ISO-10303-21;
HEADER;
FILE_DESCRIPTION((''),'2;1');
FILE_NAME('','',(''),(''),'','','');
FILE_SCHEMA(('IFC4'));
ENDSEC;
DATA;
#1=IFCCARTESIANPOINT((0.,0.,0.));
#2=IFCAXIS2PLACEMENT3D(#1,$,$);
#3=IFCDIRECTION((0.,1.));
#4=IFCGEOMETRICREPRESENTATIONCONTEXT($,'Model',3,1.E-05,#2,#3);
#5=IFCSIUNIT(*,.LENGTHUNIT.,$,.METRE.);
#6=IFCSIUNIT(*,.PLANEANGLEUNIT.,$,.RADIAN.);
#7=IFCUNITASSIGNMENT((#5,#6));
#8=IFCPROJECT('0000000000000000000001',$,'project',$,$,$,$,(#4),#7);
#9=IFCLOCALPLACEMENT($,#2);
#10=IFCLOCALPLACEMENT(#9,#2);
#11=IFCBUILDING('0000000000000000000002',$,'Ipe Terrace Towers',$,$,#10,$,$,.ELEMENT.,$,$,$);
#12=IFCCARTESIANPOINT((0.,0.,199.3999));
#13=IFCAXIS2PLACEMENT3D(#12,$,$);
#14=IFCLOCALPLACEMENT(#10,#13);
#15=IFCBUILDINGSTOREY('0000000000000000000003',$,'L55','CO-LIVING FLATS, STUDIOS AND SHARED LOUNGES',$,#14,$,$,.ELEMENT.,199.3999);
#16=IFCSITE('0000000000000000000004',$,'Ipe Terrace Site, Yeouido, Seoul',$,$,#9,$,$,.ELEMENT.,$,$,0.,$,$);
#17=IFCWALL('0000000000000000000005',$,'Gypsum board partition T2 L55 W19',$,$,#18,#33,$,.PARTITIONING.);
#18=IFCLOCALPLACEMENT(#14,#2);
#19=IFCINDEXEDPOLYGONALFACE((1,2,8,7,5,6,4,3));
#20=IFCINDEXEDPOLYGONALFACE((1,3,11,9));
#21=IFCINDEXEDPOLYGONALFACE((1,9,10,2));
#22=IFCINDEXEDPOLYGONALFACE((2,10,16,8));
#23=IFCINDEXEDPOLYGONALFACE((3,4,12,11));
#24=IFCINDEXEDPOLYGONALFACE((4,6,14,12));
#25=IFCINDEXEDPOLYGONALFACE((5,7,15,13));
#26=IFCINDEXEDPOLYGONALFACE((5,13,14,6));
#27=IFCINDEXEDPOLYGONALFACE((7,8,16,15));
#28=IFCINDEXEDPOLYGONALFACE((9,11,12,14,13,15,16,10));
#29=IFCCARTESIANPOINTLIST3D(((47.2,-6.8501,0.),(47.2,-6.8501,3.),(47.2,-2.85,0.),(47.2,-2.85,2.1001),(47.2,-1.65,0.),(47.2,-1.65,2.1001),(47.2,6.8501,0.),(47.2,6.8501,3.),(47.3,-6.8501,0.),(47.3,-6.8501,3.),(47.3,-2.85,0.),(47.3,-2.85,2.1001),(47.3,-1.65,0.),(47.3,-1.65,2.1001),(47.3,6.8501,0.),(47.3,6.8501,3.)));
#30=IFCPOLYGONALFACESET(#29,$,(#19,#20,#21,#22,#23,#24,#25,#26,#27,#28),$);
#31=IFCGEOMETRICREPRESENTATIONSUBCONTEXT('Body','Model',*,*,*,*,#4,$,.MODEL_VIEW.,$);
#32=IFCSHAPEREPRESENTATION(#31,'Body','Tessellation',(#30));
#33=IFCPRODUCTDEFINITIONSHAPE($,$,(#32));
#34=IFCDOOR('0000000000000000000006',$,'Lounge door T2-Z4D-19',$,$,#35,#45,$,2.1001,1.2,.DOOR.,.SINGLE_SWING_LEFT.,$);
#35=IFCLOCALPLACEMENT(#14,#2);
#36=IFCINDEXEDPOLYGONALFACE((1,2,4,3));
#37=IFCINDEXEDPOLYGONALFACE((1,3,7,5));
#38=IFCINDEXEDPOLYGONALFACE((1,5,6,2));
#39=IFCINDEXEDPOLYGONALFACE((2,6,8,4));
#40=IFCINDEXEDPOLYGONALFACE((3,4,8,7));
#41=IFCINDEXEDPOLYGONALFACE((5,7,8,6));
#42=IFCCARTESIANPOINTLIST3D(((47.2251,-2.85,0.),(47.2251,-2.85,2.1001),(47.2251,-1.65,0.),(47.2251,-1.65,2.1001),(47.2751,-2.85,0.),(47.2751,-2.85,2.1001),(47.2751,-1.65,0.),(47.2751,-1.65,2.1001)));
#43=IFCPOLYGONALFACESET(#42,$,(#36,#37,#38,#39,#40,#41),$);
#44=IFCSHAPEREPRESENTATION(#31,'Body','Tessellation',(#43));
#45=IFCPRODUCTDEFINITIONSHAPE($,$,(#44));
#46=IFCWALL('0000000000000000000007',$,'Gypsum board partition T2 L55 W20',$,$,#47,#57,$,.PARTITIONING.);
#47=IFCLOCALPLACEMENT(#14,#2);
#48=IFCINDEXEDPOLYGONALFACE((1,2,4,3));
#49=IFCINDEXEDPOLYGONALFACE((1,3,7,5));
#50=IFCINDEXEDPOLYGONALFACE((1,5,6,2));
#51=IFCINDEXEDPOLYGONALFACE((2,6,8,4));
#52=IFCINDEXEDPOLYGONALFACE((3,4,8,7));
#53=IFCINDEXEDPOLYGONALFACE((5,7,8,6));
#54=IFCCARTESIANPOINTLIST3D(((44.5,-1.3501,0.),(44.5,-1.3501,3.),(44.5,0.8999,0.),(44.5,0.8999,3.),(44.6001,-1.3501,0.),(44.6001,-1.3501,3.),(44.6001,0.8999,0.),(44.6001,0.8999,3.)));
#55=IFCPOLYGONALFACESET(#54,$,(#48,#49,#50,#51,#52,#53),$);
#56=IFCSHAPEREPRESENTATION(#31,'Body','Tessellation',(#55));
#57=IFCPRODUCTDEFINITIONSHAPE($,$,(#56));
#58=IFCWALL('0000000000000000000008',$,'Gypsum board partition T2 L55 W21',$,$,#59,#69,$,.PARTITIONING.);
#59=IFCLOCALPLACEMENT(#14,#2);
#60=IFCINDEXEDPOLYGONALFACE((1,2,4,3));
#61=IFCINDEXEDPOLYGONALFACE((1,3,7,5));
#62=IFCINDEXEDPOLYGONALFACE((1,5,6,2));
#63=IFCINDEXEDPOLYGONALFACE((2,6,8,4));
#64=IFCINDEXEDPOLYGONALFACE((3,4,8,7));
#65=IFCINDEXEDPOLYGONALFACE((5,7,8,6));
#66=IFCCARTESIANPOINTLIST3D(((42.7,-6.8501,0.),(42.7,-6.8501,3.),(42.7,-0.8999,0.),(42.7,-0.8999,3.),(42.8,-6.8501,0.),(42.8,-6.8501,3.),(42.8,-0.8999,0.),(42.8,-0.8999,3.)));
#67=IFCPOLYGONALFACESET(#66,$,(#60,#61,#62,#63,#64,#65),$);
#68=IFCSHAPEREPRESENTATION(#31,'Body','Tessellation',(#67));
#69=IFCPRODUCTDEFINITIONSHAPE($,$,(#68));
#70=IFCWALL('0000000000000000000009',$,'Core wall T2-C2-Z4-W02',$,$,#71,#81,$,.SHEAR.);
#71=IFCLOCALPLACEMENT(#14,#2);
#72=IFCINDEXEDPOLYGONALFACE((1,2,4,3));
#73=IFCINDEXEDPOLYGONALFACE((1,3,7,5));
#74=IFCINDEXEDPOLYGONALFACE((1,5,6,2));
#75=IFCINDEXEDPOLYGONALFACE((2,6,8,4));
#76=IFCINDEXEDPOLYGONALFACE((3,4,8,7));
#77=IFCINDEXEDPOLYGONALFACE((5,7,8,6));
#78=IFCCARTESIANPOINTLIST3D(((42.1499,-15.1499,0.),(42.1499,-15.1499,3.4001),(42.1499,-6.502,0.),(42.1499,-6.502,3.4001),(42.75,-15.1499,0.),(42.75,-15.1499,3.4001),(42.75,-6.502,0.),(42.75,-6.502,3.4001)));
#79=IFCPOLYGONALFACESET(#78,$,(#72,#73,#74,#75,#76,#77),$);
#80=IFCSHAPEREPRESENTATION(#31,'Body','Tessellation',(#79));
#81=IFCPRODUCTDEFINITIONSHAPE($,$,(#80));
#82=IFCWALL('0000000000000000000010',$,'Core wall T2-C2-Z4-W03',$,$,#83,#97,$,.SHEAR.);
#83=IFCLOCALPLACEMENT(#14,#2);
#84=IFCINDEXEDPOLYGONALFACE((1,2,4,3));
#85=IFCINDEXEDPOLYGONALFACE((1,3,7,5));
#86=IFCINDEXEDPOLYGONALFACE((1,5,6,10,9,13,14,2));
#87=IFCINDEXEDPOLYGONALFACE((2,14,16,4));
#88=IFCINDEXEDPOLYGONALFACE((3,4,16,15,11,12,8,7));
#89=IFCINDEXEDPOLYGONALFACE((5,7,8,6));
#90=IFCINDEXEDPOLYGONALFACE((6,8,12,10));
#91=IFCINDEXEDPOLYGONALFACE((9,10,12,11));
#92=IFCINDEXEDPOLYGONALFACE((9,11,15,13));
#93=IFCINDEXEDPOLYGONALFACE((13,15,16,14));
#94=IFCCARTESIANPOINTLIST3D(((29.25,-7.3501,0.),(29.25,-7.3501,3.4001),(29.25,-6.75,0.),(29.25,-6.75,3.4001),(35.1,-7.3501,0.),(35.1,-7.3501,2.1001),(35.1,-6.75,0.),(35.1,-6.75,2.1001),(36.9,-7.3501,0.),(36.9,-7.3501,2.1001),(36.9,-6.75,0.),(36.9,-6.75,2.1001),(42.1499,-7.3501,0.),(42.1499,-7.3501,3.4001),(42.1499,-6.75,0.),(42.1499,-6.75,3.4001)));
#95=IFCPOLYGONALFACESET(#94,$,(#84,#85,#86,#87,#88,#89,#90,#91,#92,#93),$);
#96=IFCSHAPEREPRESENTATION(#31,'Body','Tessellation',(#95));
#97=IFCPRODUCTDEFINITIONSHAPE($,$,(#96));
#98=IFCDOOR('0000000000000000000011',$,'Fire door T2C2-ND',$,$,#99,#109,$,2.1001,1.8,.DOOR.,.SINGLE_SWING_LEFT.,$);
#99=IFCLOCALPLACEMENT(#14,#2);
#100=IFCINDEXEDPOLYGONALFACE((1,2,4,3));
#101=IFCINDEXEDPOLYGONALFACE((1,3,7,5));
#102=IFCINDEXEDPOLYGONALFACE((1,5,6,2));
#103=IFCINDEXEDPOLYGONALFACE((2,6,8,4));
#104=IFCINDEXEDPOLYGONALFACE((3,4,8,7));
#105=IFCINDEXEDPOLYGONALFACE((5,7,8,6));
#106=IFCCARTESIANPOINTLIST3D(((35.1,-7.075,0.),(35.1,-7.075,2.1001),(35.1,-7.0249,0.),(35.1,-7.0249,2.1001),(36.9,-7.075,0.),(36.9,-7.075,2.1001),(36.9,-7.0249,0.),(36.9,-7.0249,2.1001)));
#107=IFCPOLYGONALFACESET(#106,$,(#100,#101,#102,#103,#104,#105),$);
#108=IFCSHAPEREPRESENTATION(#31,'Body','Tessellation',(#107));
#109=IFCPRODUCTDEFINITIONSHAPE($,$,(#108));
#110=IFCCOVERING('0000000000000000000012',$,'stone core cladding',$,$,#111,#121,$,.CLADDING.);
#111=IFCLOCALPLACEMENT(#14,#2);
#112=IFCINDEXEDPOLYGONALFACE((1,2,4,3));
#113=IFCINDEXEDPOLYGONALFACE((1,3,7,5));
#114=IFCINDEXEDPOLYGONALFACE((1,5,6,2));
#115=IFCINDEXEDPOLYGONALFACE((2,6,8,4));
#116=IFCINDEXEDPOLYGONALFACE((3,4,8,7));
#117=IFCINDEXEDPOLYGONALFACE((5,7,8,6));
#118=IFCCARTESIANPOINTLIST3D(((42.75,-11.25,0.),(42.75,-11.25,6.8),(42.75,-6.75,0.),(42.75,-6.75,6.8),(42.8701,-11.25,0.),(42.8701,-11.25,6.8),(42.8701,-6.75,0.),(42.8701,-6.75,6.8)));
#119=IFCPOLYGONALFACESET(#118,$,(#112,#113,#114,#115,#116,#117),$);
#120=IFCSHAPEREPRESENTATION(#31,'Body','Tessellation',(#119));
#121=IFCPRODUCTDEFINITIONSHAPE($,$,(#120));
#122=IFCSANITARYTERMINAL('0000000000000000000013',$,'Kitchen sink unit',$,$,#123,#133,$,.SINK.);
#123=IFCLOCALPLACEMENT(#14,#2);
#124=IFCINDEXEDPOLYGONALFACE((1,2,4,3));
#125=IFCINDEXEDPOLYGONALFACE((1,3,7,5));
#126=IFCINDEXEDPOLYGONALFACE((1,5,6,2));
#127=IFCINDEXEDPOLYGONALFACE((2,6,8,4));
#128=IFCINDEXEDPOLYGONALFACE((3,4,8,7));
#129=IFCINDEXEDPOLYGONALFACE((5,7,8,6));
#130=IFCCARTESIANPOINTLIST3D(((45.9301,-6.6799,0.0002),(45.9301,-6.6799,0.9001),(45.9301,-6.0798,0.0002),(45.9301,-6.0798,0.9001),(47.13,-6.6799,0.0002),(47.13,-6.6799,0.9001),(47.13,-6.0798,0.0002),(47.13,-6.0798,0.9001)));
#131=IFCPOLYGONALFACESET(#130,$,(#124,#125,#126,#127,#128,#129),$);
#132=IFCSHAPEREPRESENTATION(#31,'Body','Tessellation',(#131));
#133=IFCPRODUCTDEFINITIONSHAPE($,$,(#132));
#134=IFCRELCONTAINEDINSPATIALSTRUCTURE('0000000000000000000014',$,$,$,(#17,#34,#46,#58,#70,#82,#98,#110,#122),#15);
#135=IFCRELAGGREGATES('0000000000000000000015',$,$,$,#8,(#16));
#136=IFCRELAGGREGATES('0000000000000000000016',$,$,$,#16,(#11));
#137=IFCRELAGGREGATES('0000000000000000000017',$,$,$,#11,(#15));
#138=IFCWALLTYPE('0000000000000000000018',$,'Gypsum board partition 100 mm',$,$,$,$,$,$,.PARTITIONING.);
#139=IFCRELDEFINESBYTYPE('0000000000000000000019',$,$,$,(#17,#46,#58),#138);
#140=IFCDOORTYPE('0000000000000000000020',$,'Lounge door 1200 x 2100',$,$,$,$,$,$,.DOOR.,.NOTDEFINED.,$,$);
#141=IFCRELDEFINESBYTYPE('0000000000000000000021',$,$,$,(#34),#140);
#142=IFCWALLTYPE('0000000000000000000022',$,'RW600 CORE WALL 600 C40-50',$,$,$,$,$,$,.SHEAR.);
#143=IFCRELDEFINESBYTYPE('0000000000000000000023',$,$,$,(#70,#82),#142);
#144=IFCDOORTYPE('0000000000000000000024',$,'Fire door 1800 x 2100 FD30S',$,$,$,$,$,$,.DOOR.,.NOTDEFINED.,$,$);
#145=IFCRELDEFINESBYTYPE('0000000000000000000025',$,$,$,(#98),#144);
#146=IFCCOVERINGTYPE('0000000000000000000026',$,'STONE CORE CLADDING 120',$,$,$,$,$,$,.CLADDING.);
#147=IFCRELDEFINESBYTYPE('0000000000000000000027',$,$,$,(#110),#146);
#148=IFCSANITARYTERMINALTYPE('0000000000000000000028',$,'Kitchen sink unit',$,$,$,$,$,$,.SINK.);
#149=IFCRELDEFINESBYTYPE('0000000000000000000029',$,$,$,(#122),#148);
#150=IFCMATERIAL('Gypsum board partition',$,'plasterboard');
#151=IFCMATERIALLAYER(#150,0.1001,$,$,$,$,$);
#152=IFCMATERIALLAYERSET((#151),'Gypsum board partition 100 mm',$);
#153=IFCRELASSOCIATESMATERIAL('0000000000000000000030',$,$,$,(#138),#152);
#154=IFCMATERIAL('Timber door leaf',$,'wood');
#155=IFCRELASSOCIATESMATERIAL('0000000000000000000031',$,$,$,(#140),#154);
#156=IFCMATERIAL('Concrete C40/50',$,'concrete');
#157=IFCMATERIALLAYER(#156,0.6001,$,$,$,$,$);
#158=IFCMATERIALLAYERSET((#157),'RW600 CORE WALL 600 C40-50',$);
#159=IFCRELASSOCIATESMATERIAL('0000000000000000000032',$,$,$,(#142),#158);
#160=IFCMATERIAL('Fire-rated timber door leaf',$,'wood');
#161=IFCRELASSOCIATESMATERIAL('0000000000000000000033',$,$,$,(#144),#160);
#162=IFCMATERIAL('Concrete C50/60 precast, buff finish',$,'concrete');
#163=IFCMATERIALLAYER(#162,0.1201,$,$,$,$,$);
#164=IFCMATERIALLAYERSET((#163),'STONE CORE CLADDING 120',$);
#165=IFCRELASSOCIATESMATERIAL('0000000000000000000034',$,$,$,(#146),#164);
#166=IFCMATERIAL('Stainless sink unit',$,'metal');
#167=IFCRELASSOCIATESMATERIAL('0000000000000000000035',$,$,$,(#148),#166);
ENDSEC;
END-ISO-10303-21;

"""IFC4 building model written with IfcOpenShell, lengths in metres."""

from ifc_helpers import new_model, si_unit, direction, frame, frame_2d, origin, origin_2d, place, context, subcontext, project, spatial, rectangle, extrude, material, layer, layer_set, type_object, element, fill, save


model = new_model("IFC4")

# Units and contexts
model_context = context("Model", 3, precision=1e-05, world=origin(), true_north=direction((0.0, 1.0)))
body_context = subcontext(model_context, "Body", "Model", "MODEL_VIEW")
ifc_project = project(units=[si_unit("LENGTHUNIT", "METRE"), si_unit("PLANEANGLEUNIT", "RADIAN")], contexts=[model_context])

# Site, building, storey
site_placement = place(None, origin())
site = spatial("IfcSite", under=ifc_project, at=site_placement, Name="Ipe Terrace Site, Yeouido, Seoul", CompositionType="ELEMENT", RefElevation=0.0)
building_placement = place(site_placement, origin())
building = spatial("IfcBuilding", under=site, at=building_placement, Name="Ipe Terrace Towers", CompositionType="ELEMENT")
storey_placement = place(building_placement, frame((0.0, 0.0, 199.3999)))
storey = spatial("IfcBuildingStorey", under=building, at=storey_placement, Name="L55", Description="CO-LIVING FLATS, STUDIOS AND SHARED LOUNGES", CompositionType="ELEMENT", Elevation=199.3999)

# Wall, opening, door
ifc_material_1 = material(Name="Gypsum board partition", Category="plasterboard")
ifc_layer_1 = layer(ifc_material_1, 0.1001)
ifc_layer_set_1 = layer_set([ifc_layer_1], Name="Gypsum board partition 100 mm")
wall_type_1 = type_object("IfcWallType", Name="Gypsum board partition 100 mm", PredefinedType="PARTITIONING", material=ifc_layer_set_1)
wall_1_placement = place(storey_placement, frame((47.25, -6.8501, 0.0), z_axis=(0.0, 0.0, 1.0), x_axis=(0.0, 1.0, 0.0)))
wall_1 = element("IfcWall", 1, at=wall_1_placement, inside=storey, type_object=wall_type_1, Name="Gypsum board partition T2 L55 W19", PredefinedType="PARTITIONING", context=body_context, shape_type="SweptSolid", body=[
    extrude(rectangle(XDim=13.7002, YDim=0.1001, at=frame_2d((6.8501, 0.0))), origin(), (0.0, 0.0, 1.0), 3.0),
])
opening_1_placement = place(wall_1_placement, frame((4.0, 0.0, 0.0)))
opening_1 = element("IfcOpeningElement", 2, at=opening_1_placement, cuts=wall_1, PredefinedType="OPENING", context=body_context, shape_type="SweptSolid", body=[
    extrude(rectangle(XDim=1.2, YDim=2.1001, at=frame_2d((0.6001, 1.05))), frame((0.0, 0.0601, 0.0), z_axis=(0.0, -1.0, 0.0), x_axis=(1.0, 0.0, 0.0)), (0.0, 0.0, 1.0), 0.1201),
])
ifc_material_2 = material(Name="Timber door leaf", Category="wood")
door_type_1 = type_object("IfcDoorType", Name="Lounge door 1200 x 2100", OperationType="NOTDEFINED", PredefinedType="DOOR", material=ifc_material_2)
door_1_placement = place(opening_1_placement, origin())
door_1 = element("IfcDoor", 3, at=door_1_placement, inside=storey, type_object=door_type_1, Name="Lounge door T2-Z4D-19", OperationType="SINGLE_SWING_LEFT", OverallHeight=2.1001, OverallWidth=1.2, PredefinedType="DOOR", context=body_context, shape_type="SweptSolid", body=[
    extrude(rectangle(XDim=1.2, YDim=2.1001, at=frame_2d((0.6001, 1.05))), frame((0.0, 0.0249, 0.0), z_axis=(0.0, -1.0, 0.0), x_axis=(1.0, 0.0, 0.0)), (0.0, 0.0, 1.0), 0.05),
])
fill(opening_1, door_1)

# Walls
wall_2_placement = place(storey_placement, frame((44.55, -1.3501, 0.0), z_axis=(0.0, 0.0, 1.0), x_axis=(0.0, 1.0, 0.0)))
element("IfcWall", 4, at=wall_2_placement, inside=storey, type_object=wall_type_1, Name="Gypsum board partition T2 L55 W20", PredefinedType="PARTITIONING", context=body_context, shape_type="SweptSolid", body=[
    extrude(rectangle(XDim=2.25, YDim=0.1001, at=frame_2d((1.125, 0.0))), origin(), (0.0, 0.0, 1.0), 3.0),
])
wall_3_placement = place(storey_placement, frame((42.75, -6.8501, 0.0), z_axis=(0.0, 0.0, 1.0), x_axis=(0.0, 1.0, 0.0)))
element("IfcWall", 5, at=wall_3_placement, inside=storey, type_object=wall_type_1, Name="Gypsum board partition T2 L55 W21", PredefinedType="PARTITIONING", context=body_context, shape_type="SweptSolid", body=[
    extrude(rectangle(XDim=5.9502, YDim=0.1001, at=frame_2d((2.9751, 0.0))), origin(), (0.0, 0.0, 1.0), 3.0),
])
ifc_material_3 = material(Name="Concrete C40/50", Category="concrete")
ifc_layer_2 = layer(ifc_material_3, 0.6001)
ifc_layer_set_2 = layer_set([ifc_layer_2], Name="RW600 CORE WALL 600 C40-50")
wall_type_2 = type_object("IfcWallType", Name="RW600 CORE WALL 600 C40-50", PredefinedType="SHEAR", material=ifc_layer_set_2)
wall_4_placement = place(storey_placement, frame((42.45, -15.1499, 0.0), z_axis=(0.0, 0.0, 1.0), x_axis=(0.0, 1.0, 0.0)))
element("IfcWall", 6, at=wall_4_placement, inside=storey, type_object=wall_type_2, Name="Core wall T2-C2-Z4-W02", PredefinedType="SHEAR", context=body_context, shape_type="SweptSolid", body=[
    extrude(rectangle(XDim=8.6479, YDim=0.6001, at=frame_2d((4.324, 0.0))), origin(), (0.0, 0.0, 1.0), 3.4001),
])

# Wall, opening, door
wall_5_placement = place(storey_placement, frame((42.1499, -7.05, 0.0), z_axis=(0.0, 0.0, 1.0), x_axis=(-1.0, 0.0, 0.0)))
wall_5 = element("IfcWall", 7, at=wall_5_placement, inside=storey, type_object=wall_type_2, Name="Core wall T2-C2-Z4-W03", PredefinedType="SHEAR", context=body_context, shape_type="SweptSolid", body=[
    extrude(rectangle(XDim=12.8999, YDim=0.6001, at=frame_2d((6.45, 0.0))), origin(), (0.0, 0.0, 1.0), 3.4001),
])
opening_2_placement = place(wall_5_placement, frame((5.25, 0.0, 0.0)))
opening_2 = element("IfcOpeningElement", 8, at=opening_2_placement, cuts=wall_5, PredefinedType="OPENING", context=body_context, shape_type="SweptSolid", body=[
    extrude(rectangle(XDim=1.8, YDim=2.1001, at=frame_2d((0.8999, 1.05))), frame((0.0, 0.3101, 0.0), z_axis=(0.0, -1.0, 0.0), x_axis=(1.0, 0.0, 0.0)), (0.0, 0.0, 1.0), 0.6201),
])
ifc_material_4 = material(Name="Fire-rated timber door leaf", Category="wood")
door_type_2 = type_object("IfcDoorType", Name="Fire door 1800 x 2100 FD30S", OperationType="NOTDEFINED", PredefinedType="DOOR", material=ifc_material_4)
door_2_placement = place(opening_2_placement, origin())
door_2 = element("IfcDoor", 9, at=door_2_placement, inside=storey, type_object=door_type_2, Name="Fire door T2C2-ND", OperationType="SINGLE_SWING_LEFT", OverallHeight=2.1001, OverallWidth=1.8, PredefinedType="DOOR", context=body_context, shape_type="SweptSolid", body=[
    extrude(rectangle(XDim=1.8, YDim=2.1001, at=frame_2d((0.8999, 1.05))), frame((0.0, 0.0249, 0.0), z_axis=(0.0, -1.0, 0.0), x_axis=(1.0, 0.0, 0.0)), (0.0, 0.0, 1.0), 0.05),
])
fill(opening_2, door_2)

# Covering
ifc_material_5 = material(Name="Concrete C50/60 precast, buff finish", Category="concrete")
ifc_layer_3 = layer(ifc_material_5, 0.1201)
ifc_layer_set_3 = layer_set([ifc_layer_3], Name="STONE CORE CLADDING 120")
covering_type = type_object("IfcCoveringType", Name="STONE CORE CLADDING 120", PredefinedType="CLADDING", material=ifc_layer_set_3)
covering_placement = place(storey_placement, frame((42.8101, -9.0, 0.0), z_axis=(0.0, 0.0, 1.0), x_axis=(0.0, 1.0, 0.0)))
element("IfcCovering", 10, at=covering_placement, inside=storey, type_object=covering_type, Name="stone core cladding", PredefinedType="CLADDING", context=body_context, shape_type="SweptSolid", body=[
    extrude(rectangle(XDim=4.5, YDim=0.1201, at=origin_2d()), origin(), (0.0, 0.0, 1.0), 6.8),
])

# Sanitary terminal
ifc_material_6 = material(Name="Stainless sink unit", Category="metal")
sanitary_terminal_type = type_object("IfcSanitaryTerminalType", Name="Kitchen sink unit", PredefinedType="SINK", material=ifc_material_6)
sanitary_terminal_placement = place(storey_placement, frame((46.53, -6.3799, 0.0002), z_axis=(0.0, 0.0, 1.0), x_axis=(-1.0, 0.0, 0.0)))
element("IfcSanitaryTerminal", 11, at=sanitary_terminal_placement, inside=storey, type_object=sanitary_terminal_type, Name="Kitchen sink unit", PredefinedType="SINK", context=body_context, shape_type="SweptSolid", body=[
    extrude(rectangle(XDim=1.2, YDim=0.6001, at=origin_2d()), origin(), (0.0, 0.0, 1.0), 0.8999),
])

save(model, "model.ifc")
